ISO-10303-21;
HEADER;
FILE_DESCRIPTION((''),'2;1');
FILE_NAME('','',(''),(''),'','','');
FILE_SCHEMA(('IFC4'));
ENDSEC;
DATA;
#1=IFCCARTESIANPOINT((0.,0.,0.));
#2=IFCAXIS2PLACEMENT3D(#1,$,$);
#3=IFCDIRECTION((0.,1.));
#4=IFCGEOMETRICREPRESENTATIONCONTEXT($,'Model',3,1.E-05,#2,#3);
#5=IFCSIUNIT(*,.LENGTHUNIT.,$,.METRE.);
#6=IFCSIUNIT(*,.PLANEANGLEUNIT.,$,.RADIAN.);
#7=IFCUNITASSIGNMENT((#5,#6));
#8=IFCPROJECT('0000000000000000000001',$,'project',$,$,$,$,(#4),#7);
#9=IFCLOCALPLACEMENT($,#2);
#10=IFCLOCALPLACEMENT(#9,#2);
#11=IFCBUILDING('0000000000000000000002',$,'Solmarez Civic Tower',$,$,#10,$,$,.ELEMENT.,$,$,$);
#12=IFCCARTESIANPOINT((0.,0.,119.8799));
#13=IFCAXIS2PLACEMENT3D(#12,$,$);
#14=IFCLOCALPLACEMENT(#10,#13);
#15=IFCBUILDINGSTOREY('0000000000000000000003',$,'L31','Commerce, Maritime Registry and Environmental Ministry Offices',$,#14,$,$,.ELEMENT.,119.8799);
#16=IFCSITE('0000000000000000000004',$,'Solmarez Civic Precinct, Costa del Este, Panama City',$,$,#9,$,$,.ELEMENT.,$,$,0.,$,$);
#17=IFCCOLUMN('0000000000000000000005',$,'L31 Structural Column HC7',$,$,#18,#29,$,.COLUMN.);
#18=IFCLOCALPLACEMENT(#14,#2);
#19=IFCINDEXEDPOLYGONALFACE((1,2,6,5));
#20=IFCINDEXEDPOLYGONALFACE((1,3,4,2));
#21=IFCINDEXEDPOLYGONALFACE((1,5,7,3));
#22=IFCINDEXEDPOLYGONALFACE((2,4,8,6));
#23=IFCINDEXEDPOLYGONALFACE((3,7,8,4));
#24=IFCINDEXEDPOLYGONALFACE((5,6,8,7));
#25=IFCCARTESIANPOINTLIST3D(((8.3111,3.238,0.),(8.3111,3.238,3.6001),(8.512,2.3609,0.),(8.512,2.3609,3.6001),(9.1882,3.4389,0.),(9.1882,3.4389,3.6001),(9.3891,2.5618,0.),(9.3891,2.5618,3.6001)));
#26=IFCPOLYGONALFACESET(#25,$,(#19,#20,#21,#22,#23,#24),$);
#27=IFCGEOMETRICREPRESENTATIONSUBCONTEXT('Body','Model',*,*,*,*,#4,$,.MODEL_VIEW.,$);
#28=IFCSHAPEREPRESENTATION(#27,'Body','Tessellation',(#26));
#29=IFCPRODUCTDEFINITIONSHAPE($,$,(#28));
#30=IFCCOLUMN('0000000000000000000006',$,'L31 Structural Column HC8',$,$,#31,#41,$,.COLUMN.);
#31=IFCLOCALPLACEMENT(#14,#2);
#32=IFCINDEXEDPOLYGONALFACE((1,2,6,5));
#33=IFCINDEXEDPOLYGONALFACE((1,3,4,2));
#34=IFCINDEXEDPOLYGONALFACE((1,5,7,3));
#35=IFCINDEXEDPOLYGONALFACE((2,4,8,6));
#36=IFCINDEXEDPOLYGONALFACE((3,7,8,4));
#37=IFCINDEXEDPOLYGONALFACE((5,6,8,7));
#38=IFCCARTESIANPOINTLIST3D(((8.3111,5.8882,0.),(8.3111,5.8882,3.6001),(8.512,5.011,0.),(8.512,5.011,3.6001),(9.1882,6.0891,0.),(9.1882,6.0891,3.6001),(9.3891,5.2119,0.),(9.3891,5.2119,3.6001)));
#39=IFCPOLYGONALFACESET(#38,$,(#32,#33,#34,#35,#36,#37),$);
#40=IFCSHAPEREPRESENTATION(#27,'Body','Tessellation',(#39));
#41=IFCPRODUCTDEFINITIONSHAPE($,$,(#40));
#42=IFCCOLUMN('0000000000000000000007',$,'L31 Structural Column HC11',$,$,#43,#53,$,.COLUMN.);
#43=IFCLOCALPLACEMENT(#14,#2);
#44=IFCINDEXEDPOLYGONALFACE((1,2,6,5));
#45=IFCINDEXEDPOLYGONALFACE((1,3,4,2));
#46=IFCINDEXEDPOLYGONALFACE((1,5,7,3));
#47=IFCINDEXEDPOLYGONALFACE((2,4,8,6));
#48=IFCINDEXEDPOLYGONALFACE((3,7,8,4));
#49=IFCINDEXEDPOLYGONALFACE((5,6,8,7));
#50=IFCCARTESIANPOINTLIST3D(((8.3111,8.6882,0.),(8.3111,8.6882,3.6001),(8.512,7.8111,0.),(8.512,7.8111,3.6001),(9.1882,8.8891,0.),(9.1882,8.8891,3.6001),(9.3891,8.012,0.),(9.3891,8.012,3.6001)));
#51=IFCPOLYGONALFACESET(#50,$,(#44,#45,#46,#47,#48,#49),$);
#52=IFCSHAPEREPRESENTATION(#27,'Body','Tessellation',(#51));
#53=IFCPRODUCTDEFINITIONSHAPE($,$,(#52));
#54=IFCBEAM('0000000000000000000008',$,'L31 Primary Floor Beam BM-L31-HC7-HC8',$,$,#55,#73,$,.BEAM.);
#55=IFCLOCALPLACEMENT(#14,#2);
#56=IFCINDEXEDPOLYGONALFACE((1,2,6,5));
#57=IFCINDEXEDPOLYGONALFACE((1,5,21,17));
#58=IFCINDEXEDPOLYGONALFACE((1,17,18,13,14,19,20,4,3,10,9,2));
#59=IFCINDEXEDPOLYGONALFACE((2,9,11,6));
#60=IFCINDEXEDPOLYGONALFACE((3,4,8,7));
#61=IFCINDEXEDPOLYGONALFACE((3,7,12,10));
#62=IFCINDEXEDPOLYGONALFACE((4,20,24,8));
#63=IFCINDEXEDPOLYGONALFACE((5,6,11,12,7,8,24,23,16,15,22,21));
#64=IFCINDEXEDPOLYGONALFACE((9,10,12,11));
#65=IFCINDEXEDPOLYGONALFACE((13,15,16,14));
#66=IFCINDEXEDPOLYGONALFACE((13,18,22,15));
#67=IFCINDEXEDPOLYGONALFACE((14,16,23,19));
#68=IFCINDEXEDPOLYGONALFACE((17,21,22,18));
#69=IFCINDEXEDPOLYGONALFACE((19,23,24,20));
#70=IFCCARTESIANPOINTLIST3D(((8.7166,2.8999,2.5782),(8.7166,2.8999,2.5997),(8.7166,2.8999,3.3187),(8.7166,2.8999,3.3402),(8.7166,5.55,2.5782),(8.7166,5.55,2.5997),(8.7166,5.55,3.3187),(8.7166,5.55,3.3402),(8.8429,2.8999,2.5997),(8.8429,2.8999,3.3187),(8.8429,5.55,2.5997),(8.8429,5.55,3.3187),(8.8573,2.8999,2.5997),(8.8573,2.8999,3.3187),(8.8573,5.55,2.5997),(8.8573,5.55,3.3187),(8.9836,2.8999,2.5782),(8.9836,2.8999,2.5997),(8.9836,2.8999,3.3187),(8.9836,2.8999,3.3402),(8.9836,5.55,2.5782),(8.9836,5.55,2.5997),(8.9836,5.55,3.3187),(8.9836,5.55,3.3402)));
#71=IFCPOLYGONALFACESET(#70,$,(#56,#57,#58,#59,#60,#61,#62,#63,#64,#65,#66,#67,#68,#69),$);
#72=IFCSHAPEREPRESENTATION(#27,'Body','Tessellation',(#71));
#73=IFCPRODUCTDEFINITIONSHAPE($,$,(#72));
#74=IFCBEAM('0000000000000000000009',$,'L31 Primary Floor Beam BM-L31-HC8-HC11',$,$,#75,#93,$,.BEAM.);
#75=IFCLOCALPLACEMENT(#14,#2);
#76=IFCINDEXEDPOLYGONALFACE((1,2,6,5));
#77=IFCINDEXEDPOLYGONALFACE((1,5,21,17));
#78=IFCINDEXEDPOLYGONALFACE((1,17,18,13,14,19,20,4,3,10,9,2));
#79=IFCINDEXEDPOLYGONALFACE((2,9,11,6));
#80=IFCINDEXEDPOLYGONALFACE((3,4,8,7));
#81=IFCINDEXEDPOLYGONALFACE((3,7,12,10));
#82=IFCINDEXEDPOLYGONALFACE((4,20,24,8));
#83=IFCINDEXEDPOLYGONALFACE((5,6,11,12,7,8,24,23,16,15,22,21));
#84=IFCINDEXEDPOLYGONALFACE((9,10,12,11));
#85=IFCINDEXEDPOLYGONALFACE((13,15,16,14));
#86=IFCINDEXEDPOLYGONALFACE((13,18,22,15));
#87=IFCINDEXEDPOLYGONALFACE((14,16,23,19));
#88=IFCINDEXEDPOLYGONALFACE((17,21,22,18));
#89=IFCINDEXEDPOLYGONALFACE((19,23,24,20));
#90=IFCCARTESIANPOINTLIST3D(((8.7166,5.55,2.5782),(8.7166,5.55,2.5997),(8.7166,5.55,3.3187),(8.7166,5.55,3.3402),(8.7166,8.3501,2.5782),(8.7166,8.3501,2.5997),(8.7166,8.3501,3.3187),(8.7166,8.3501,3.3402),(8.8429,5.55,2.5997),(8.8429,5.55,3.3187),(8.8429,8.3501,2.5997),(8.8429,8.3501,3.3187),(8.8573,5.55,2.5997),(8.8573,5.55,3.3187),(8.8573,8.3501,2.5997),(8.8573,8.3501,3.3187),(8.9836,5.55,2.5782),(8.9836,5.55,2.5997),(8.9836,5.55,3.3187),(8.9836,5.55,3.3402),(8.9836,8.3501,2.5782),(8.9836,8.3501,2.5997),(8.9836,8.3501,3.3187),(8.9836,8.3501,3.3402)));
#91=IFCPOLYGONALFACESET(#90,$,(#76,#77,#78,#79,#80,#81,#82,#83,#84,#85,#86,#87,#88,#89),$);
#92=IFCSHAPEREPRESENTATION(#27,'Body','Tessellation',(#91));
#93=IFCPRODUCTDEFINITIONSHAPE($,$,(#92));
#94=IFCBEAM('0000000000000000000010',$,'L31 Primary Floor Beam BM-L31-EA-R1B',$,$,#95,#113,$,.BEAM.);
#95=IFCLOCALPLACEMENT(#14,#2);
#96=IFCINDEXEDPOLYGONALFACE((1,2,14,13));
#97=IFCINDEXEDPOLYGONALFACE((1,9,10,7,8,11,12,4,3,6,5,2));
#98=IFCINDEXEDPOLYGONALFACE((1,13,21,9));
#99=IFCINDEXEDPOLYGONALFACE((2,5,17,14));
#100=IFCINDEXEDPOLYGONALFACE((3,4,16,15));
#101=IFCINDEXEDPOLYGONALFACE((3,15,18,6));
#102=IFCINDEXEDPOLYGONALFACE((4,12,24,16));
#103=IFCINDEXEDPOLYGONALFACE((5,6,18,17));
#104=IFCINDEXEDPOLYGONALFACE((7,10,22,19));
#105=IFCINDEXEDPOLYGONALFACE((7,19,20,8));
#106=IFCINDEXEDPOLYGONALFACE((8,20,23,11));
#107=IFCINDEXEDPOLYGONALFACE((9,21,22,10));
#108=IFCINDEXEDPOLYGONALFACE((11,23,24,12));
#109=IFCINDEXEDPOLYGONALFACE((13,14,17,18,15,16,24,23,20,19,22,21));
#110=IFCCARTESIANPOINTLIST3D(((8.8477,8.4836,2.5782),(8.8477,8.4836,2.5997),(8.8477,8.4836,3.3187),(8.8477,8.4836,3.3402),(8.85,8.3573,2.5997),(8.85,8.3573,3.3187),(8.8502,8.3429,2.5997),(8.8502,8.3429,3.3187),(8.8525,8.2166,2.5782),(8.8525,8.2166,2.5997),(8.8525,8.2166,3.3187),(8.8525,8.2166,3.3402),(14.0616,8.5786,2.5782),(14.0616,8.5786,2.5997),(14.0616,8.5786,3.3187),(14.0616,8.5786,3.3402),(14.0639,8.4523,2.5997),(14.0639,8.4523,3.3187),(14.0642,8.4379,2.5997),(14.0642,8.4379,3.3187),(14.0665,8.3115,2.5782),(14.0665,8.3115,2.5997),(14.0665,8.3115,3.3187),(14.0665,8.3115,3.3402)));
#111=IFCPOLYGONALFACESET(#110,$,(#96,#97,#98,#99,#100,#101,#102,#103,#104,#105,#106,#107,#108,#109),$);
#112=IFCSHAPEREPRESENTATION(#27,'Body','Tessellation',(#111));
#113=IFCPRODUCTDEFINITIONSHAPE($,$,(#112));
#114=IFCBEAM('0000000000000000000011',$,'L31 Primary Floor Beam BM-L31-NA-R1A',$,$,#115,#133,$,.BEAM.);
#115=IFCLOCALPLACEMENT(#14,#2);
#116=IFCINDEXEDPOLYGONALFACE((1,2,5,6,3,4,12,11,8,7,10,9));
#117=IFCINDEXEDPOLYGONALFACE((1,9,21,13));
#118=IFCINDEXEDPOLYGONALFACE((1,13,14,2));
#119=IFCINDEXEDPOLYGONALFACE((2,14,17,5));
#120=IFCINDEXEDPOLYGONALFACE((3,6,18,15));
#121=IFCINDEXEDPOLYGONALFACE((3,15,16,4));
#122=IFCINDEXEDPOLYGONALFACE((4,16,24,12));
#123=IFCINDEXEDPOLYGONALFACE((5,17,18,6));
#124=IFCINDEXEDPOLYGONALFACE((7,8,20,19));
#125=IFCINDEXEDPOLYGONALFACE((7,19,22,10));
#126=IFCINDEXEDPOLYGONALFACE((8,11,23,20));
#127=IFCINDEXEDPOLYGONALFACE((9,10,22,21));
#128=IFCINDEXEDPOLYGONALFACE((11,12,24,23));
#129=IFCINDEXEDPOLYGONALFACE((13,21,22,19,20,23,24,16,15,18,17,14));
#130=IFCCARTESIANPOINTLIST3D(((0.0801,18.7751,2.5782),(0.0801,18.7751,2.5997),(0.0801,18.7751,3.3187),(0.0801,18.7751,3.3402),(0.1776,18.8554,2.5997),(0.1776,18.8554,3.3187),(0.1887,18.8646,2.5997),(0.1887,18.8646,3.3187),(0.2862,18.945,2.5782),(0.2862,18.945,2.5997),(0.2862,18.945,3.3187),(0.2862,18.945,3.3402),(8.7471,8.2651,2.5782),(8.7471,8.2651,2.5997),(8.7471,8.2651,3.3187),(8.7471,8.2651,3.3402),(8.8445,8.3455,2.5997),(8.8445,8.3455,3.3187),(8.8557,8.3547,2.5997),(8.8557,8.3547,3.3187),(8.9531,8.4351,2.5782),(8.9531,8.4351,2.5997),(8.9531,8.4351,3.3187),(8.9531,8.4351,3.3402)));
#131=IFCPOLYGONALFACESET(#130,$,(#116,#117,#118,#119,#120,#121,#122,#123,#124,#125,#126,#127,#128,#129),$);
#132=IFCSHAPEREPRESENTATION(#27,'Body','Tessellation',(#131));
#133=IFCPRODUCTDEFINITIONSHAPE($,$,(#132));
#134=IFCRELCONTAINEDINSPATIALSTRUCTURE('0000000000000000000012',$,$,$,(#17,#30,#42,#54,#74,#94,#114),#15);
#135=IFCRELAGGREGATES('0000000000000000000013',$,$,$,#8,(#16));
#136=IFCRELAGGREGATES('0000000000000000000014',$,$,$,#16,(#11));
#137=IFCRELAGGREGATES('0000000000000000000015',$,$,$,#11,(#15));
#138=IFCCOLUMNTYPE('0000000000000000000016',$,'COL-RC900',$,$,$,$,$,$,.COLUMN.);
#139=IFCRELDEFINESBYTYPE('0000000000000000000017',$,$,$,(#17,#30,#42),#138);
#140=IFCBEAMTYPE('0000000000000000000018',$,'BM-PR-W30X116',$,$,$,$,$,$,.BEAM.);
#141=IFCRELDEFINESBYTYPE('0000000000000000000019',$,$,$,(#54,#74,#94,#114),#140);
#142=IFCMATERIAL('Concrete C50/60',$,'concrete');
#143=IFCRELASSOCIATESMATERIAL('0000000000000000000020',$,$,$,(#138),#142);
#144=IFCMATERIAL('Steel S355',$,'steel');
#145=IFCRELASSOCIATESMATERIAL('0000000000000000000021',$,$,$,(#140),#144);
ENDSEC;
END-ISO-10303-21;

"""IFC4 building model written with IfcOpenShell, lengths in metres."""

from ifc_helpers import new_model, si_unit, direction, frame, origin, origin_2d, place, context, subcontext, project, spatial, rectangle, i_section, extrude, material, material_profile, profile_set, type_object, element, save


model = new_model("IFC4")

# Units and contexts
model_context = context("Model", 3, precision=1e-05, world=origin(), true_north=direction((0.0, 1.0)))
body_context = subcontext(model_context, "Body", "Model", "MODEL_VIEW")
ifc_project = project(units=[si_unit("LENGTHUNIT", "METRE"), si_unit("PLANEANGLEUNIT", "RADIAN")], contexts=[model_context])

# Site, building, storey
site_placement = place(None, origin())
site = spatial("IfcSite", under=ifc_project, at=site_placement, Name="Solmarez Civic Precinct, Costa del Este, Panama City", CompositionType="ELEMENT", RefElevation=0.0)
building_placement = place(site_placement, origin())
building = spatial("IfcBuilding", under=site, at=building_placement, Name="Solmarez Civic Tower", CompositionType="ELEMENT")
storey_placement = place(building_placement, frame((0.0, 0.0, 119.8799)))
storey = spatial("IfcBuildingStorey", under=building, at=storey_placement, Name="L31", Description="Commerce, Maritime Registry and Environmental Ministry Offices", CompositionType="ELEMENT", Elevation=119.8799)

# Columns
ifc_material_1 = material(Name="Concrete C50/60", Category="concrete")
ifc_material_profile_1 = material_profile(ifc_material_1, rectangle(XDim=0.8999, YDim=0.8999, at=origin_2d()), Name="RC900X900")
ifc_profile_set_1 = profile_set([ifc_material_profile_1], Name="Concrete C50/60")
column_type = type_object("IfcColumnType", Name="COL-RC900", PredefinedType="COLUMN", material=ifc_profile_set_1)
for number, where, z_axis, x_axis, name in (
    (1, (8.8501, 2.8999, 0.0), (0.0, 0.0, 1.0), (0.974761, 0.22325, 0.0), "L31 Structural Column HC7"),
    (2, (8.8501, 5.55, 0.0), (0.0, 0.0, 1.0), (0.974761, 0.22325, 0.0), "L31 Structural Column HC8"),
    (3, (8.8501, 8.3501, 0.0), (0.0, 0.0, 1.0), (0.974761, 0.22325, 0.0), "L31 Structural Column HC11"),
):
    element("IfcColumn", number, at=place(storey_placement, frame(where, z_axis=z_axis, x_axis=x_axis)), inside=storey, type_object=column_type, Name=name, PredefinedType="COLUMN", context=body_context, shape_type="SweptSolid", body=[
        extrude(rectangle(XDim=0.8999, YDim=0.8999, at=origin_2d()), origin(), (0.0, 0.0, 1.0), 3.6001),
    ])

# Beams
ifc_material_2 = material(Name="Steel S355", Category="steel")
ifc_material_profile_2 = material_profile(ifc_material_2, i_section(OverallWidth=0.2671, OverallDepth=0.762, WebThickness=0.0144, FlangeThickness=0.0215, at=origin_2d()), Name="W30X116")
ifc_profile_set_2 = profile_set([ifc_material_profile_2], Name="Steel S355")
beam_type = type_object("IfcBeamType", Name="BM-PR-W30X116", PredefinedType="BEAM", material=ifc_profile_set_2)
beam_1_placement = place(storey_placement, frame((8.8501, 2.8999, 2.9592), z_axis=(0.0, 1.0, 0.0), x_axis=(-1.0, 0.0, 0.0)))
element("IfcBeam", 4, at=beam_1_placement, inside=storey, type_object=beam_type, Name="L31 Primary Floor Beam BM-L31-HC7-HC8", PredefinedType="BEAM", context=body_context, shape_type="SweptSolid", body=[
    extrude(i_section(OverallWidth=0.2671, OverallDepth=0.762, WebThickness=0.0144, FlangeThickness=0.0215, at=origin_2d()), origin(), (0.0, 0.0, 1.0), 2.6501),
])
beam_2_placement = place(storey_placement, frame((8.8501, 5.55, 2.9592), z_axis=(0.0, 1.0, 0.0), x_axis=(-1.0, 0.0, 0.0)))
element("IfcBeam", 5, at=beam_2_placement, inside=storey, type_object=beam_type, Name="L31 Primary Floor Beam BM-L31-HC8-HC11", PredefinedType="BEAM", context=body_context, shape_type="SweptSolid", body=[
    extrude(i_section(OverallWidth=0.2671, OverallDepth=0.762, WebThickness=0.0144, FlangeThickness=0.0215, at=origin_2d()), origin(), (0.0, 0.0, 1.0), 2.8),
])
beam_3_placement = place(storey_placement, frame((8.8501, 8.3501, 2.9592), z_axis=(0.999834, 0.018212, 0.0), x_axis=(-0.018212, 0.999834, 0.0)))
element("IfcBeam", 6, at=beam_3_placement, inside=storey, type_object=beam_type, Name="L31 Primary Floor Beam BM-L31-EA-R1B", PredefinedType="BEAM", context=body_context, shape_type="SweptSolid", body=[
    extrude(i_section(OverallWidth=0.2671, OverallDepth=0.762, WebThickness=0.0144, FlangeThickness=0.0215, at=origin_2d()), origin(), (0.0, 0.0, 1.0), 5.2148),
])
beam_4_placement = place(storey_placement, frame((8.8501, 8.3501, 2.9592), z_axis=(-0.636218, 0.771509, 0.0), x_axis=(-0.771509, -0.636218, 0.0)))
element("IfcBeam", 7, at=beam_4_placement, inside=storey, type_object=beam_type, Name="L31 Primary Floor Beam BM-L31-NA-R1A", PredefinedType="BEAM", context=body_context, shape_type="SweptSolid", body=[
    extrude(i_section(OverallWidth=0.2671, OverallDepth=0.762, WebThickness=0.0144, FlangeThickness=0.0215, at=origin_2d()), origin(), (0.0, 0.0, 1.0), 13.6226),
])

save(model, "model.ifc")
